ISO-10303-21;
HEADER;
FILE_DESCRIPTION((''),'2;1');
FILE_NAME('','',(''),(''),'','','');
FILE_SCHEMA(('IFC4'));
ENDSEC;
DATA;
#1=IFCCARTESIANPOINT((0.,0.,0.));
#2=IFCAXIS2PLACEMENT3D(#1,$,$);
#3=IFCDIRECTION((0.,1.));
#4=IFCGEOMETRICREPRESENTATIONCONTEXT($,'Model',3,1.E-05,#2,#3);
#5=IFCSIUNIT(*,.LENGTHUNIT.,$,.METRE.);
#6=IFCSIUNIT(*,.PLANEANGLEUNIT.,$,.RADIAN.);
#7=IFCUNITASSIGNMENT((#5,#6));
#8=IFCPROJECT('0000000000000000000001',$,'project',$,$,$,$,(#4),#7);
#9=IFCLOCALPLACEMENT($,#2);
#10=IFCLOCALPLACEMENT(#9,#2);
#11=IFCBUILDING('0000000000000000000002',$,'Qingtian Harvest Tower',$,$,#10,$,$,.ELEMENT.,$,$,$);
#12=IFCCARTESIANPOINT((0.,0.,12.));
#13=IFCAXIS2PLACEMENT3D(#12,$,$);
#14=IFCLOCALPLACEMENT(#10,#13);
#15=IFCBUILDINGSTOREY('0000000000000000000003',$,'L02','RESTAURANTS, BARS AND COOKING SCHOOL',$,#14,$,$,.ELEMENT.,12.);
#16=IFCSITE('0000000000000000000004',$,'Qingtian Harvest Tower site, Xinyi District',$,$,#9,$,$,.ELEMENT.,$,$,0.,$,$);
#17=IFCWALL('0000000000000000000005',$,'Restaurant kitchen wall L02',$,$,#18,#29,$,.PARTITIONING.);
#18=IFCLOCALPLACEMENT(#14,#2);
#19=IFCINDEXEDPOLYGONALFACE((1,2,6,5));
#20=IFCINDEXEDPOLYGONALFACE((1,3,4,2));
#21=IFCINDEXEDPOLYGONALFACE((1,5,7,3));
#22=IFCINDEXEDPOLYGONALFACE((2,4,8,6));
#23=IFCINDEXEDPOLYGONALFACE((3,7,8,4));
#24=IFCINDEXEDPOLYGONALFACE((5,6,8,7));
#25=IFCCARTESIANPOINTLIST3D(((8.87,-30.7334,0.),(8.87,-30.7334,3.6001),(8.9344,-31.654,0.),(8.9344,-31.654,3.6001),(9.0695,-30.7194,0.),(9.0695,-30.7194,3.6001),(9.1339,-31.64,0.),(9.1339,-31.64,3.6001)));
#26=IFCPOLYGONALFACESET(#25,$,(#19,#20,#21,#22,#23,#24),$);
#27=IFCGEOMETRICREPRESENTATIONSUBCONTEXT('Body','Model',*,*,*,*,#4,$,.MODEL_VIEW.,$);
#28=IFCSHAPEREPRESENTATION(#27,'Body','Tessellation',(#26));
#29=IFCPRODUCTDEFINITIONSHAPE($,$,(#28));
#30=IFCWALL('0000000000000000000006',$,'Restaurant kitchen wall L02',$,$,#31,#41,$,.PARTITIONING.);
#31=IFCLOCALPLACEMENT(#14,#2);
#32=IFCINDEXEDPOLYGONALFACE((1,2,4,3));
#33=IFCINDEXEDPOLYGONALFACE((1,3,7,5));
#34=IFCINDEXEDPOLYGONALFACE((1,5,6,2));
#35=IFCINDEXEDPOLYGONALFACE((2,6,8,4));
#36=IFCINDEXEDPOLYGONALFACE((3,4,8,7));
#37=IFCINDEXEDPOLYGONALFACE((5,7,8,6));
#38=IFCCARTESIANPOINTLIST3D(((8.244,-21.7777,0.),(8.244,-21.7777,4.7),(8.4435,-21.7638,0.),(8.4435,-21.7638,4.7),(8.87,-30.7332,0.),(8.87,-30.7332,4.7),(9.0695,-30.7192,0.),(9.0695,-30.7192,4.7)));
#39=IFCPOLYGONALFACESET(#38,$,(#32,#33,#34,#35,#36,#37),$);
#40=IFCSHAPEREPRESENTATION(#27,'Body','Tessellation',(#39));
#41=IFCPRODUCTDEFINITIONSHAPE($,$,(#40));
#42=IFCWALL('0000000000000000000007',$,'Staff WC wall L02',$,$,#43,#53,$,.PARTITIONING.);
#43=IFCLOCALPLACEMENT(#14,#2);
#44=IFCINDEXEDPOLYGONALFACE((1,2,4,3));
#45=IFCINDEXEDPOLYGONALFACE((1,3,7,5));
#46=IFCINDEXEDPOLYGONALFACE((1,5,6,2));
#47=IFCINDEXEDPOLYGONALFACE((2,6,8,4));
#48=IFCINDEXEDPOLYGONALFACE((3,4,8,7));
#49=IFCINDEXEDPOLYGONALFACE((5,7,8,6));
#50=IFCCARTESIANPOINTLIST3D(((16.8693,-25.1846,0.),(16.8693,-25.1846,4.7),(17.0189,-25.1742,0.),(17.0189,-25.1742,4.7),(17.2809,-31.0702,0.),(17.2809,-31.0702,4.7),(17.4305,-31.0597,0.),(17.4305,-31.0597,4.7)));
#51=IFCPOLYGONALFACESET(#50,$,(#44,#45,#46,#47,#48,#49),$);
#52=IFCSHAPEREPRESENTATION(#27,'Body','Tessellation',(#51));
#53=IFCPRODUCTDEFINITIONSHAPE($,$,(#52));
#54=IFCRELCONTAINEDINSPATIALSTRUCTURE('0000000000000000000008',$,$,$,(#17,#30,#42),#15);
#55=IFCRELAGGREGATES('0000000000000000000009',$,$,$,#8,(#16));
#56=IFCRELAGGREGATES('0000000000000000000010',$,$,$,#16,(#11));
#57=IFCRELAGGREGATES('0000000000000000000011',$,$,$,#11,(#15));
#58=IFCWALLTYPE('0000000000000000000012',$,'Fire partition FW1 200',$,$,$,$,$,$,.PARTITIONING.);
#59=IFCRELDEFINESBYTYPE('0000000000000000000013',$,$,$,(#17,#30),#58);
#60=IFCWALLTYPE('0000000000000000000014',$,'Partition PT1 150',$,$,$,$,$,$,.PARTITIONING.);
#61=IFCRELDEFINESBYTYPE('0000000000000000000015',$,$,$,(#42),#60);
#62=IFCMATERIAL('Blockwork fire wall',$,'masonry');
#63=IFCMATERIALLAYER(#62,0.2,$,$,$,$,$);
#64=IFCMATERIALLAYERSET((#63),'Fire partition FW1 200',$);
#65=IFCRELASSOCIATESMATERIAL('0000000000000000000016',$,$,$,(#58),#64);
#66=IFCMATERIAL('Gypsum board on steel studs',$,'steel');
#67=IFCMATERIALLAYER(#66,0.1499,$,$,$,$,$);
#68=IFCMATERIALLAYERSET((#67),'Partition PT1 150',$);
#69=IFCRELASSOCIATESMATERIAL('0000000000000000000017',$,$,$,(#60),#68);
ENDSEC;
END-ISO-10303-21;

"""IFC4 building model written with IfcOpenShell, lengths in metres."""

from ifc_helpers import new_model, si_unit, direction, frame, frame_2d, origin, place, context, subcontext, project, spatial, rectangle, extrude, material, layer, layer_set, type_object, element, save


model = new_model("IFC4")

# Units and contexts
model_context = context("Model", 3, precision=1e-05, world=origin(), true_north=direction((0.0, 1.0)))
body_context = subcontext(model_context, "Body", "Model", "MODEL_VIEW")
ifc_project = project(units=[si_unit("LENGTHUNIT", "METRE"), si_unit("PLANEANGLEUNIT", "RADIAN")], contexts=[model_context])

# Site, building, storey
site_placement = place(None, origin())
site = spatial("IfcSite", under=ifc_project, at=site_placement, Name="Qingtian Harvest Tower site, Xinyi District", CompositionType="ELEMENT", RefElevation=0.0)
building_placement = place(site_placement, origin())
building = spatial("IfcBuilding", under=site, at=building_placement, Name="Qingtian Harvest Tower", CompositionType="ELEMENT")
storey_placement = place(building_placement, frame((0.0, 0.0, 12.0)))
storey = spatial("IfcBuildingStorey", under=building, at=storey_placement, Name="L02", Description="RESTAURANTS, BARS AND COOKING SCHOOL", CompositionType="ELEMENT", Elevation=12.0)

# Walls
ifc_material_1 = material(Name="Blockwork fire wall", Category="masonry")
ifc_layer_1 = layer(ifc_material_1, 0.2)
ifc_layer_set_1 = layer_set([ifc_layer_1], Name="Fire partition FW1 200")
wall_type_1 = type_object("IfcWallType", Name="Fire partition FW1 200", PredefinedType="PARTITIONING", material=ifc_layer_set_1)
wall_1_placement = place(storey_placement, frame((9.0342, -31.647, 0.0), z_axis=(0.0, 0.0, 1.0), x_axis=(-0.069837, 0.997558, 0.0)))
element("IfcWall", 1, at=wall_1_placement, inside=storey, type_object=wall_type_1, Name="Restaurant kitchen wall L02", PredefinedType="PARTITIONING", context=body_context, shape_type="SweptSolid", body=[
    extrude(rectangle(XDim=0.9229, YDim=0.2, at=frame_2d((0.4614, 0.0))), origin(), (0.0, 0.0, 1.0), 3.6001),
])
wall_2_placement = place(storey_placement, frame((8.9697, -30.7263, 0.0), z_axis=(0.0, 0.0, 1.0), x_axis=(-0.06973, 0.997566, 0.0)))
element("IfcWall", 2, at=wall_2_placement, inside=storey, type_object=wall_type_1, Name="Restaurant kitchen wall L02", PredefinedType="PARTITIONING", context=body_context, shape_type="SweptSolid", body=[
    extrude(rectangle(XDim=8.9773, YDim=0.2, at=frame_2d((4.4888, 0.0))), origin(), (0.0, 0.0, 1.0), 4.7),
])
ifc_material_2 = material(Name="Gypsum board on steel studs", Category="steel")
ifc_layer_2 = layer(ifc_material_2, 0.1499)
ifc_layer_set_2 = layer_set([ifc_layer_2], Name="Partition PT1 150")
wall_type_2 = type_object("IfcWallType", Name="Partition PT1 150", PredefinedType="PARTITIONING", material=ifc_layer_set_2)
wall_3_placement = place(storey_placement, frame((17.3557, -31.0649, 0.0), z_axis=(0.0, 0.0, 1.0), x_axis=(-0.069768, 0.997563, 0.0)))
element("IfcWall", 3, at=wall_3_placement, inside=storey, type_object=wall_type_2, Name="Staff WC wall L02", PredefinedType="PARTITIONING", context=body_context, shape_type="SweptSolid", body=[
    extrude(rectangle(XDim=5.8999, YDim=0.1499, at=frame_2d((2.95, 0.0))), origin(), (0.0, 0.0, 1.0), 4.7),
])

save(model, "model.ifc")
